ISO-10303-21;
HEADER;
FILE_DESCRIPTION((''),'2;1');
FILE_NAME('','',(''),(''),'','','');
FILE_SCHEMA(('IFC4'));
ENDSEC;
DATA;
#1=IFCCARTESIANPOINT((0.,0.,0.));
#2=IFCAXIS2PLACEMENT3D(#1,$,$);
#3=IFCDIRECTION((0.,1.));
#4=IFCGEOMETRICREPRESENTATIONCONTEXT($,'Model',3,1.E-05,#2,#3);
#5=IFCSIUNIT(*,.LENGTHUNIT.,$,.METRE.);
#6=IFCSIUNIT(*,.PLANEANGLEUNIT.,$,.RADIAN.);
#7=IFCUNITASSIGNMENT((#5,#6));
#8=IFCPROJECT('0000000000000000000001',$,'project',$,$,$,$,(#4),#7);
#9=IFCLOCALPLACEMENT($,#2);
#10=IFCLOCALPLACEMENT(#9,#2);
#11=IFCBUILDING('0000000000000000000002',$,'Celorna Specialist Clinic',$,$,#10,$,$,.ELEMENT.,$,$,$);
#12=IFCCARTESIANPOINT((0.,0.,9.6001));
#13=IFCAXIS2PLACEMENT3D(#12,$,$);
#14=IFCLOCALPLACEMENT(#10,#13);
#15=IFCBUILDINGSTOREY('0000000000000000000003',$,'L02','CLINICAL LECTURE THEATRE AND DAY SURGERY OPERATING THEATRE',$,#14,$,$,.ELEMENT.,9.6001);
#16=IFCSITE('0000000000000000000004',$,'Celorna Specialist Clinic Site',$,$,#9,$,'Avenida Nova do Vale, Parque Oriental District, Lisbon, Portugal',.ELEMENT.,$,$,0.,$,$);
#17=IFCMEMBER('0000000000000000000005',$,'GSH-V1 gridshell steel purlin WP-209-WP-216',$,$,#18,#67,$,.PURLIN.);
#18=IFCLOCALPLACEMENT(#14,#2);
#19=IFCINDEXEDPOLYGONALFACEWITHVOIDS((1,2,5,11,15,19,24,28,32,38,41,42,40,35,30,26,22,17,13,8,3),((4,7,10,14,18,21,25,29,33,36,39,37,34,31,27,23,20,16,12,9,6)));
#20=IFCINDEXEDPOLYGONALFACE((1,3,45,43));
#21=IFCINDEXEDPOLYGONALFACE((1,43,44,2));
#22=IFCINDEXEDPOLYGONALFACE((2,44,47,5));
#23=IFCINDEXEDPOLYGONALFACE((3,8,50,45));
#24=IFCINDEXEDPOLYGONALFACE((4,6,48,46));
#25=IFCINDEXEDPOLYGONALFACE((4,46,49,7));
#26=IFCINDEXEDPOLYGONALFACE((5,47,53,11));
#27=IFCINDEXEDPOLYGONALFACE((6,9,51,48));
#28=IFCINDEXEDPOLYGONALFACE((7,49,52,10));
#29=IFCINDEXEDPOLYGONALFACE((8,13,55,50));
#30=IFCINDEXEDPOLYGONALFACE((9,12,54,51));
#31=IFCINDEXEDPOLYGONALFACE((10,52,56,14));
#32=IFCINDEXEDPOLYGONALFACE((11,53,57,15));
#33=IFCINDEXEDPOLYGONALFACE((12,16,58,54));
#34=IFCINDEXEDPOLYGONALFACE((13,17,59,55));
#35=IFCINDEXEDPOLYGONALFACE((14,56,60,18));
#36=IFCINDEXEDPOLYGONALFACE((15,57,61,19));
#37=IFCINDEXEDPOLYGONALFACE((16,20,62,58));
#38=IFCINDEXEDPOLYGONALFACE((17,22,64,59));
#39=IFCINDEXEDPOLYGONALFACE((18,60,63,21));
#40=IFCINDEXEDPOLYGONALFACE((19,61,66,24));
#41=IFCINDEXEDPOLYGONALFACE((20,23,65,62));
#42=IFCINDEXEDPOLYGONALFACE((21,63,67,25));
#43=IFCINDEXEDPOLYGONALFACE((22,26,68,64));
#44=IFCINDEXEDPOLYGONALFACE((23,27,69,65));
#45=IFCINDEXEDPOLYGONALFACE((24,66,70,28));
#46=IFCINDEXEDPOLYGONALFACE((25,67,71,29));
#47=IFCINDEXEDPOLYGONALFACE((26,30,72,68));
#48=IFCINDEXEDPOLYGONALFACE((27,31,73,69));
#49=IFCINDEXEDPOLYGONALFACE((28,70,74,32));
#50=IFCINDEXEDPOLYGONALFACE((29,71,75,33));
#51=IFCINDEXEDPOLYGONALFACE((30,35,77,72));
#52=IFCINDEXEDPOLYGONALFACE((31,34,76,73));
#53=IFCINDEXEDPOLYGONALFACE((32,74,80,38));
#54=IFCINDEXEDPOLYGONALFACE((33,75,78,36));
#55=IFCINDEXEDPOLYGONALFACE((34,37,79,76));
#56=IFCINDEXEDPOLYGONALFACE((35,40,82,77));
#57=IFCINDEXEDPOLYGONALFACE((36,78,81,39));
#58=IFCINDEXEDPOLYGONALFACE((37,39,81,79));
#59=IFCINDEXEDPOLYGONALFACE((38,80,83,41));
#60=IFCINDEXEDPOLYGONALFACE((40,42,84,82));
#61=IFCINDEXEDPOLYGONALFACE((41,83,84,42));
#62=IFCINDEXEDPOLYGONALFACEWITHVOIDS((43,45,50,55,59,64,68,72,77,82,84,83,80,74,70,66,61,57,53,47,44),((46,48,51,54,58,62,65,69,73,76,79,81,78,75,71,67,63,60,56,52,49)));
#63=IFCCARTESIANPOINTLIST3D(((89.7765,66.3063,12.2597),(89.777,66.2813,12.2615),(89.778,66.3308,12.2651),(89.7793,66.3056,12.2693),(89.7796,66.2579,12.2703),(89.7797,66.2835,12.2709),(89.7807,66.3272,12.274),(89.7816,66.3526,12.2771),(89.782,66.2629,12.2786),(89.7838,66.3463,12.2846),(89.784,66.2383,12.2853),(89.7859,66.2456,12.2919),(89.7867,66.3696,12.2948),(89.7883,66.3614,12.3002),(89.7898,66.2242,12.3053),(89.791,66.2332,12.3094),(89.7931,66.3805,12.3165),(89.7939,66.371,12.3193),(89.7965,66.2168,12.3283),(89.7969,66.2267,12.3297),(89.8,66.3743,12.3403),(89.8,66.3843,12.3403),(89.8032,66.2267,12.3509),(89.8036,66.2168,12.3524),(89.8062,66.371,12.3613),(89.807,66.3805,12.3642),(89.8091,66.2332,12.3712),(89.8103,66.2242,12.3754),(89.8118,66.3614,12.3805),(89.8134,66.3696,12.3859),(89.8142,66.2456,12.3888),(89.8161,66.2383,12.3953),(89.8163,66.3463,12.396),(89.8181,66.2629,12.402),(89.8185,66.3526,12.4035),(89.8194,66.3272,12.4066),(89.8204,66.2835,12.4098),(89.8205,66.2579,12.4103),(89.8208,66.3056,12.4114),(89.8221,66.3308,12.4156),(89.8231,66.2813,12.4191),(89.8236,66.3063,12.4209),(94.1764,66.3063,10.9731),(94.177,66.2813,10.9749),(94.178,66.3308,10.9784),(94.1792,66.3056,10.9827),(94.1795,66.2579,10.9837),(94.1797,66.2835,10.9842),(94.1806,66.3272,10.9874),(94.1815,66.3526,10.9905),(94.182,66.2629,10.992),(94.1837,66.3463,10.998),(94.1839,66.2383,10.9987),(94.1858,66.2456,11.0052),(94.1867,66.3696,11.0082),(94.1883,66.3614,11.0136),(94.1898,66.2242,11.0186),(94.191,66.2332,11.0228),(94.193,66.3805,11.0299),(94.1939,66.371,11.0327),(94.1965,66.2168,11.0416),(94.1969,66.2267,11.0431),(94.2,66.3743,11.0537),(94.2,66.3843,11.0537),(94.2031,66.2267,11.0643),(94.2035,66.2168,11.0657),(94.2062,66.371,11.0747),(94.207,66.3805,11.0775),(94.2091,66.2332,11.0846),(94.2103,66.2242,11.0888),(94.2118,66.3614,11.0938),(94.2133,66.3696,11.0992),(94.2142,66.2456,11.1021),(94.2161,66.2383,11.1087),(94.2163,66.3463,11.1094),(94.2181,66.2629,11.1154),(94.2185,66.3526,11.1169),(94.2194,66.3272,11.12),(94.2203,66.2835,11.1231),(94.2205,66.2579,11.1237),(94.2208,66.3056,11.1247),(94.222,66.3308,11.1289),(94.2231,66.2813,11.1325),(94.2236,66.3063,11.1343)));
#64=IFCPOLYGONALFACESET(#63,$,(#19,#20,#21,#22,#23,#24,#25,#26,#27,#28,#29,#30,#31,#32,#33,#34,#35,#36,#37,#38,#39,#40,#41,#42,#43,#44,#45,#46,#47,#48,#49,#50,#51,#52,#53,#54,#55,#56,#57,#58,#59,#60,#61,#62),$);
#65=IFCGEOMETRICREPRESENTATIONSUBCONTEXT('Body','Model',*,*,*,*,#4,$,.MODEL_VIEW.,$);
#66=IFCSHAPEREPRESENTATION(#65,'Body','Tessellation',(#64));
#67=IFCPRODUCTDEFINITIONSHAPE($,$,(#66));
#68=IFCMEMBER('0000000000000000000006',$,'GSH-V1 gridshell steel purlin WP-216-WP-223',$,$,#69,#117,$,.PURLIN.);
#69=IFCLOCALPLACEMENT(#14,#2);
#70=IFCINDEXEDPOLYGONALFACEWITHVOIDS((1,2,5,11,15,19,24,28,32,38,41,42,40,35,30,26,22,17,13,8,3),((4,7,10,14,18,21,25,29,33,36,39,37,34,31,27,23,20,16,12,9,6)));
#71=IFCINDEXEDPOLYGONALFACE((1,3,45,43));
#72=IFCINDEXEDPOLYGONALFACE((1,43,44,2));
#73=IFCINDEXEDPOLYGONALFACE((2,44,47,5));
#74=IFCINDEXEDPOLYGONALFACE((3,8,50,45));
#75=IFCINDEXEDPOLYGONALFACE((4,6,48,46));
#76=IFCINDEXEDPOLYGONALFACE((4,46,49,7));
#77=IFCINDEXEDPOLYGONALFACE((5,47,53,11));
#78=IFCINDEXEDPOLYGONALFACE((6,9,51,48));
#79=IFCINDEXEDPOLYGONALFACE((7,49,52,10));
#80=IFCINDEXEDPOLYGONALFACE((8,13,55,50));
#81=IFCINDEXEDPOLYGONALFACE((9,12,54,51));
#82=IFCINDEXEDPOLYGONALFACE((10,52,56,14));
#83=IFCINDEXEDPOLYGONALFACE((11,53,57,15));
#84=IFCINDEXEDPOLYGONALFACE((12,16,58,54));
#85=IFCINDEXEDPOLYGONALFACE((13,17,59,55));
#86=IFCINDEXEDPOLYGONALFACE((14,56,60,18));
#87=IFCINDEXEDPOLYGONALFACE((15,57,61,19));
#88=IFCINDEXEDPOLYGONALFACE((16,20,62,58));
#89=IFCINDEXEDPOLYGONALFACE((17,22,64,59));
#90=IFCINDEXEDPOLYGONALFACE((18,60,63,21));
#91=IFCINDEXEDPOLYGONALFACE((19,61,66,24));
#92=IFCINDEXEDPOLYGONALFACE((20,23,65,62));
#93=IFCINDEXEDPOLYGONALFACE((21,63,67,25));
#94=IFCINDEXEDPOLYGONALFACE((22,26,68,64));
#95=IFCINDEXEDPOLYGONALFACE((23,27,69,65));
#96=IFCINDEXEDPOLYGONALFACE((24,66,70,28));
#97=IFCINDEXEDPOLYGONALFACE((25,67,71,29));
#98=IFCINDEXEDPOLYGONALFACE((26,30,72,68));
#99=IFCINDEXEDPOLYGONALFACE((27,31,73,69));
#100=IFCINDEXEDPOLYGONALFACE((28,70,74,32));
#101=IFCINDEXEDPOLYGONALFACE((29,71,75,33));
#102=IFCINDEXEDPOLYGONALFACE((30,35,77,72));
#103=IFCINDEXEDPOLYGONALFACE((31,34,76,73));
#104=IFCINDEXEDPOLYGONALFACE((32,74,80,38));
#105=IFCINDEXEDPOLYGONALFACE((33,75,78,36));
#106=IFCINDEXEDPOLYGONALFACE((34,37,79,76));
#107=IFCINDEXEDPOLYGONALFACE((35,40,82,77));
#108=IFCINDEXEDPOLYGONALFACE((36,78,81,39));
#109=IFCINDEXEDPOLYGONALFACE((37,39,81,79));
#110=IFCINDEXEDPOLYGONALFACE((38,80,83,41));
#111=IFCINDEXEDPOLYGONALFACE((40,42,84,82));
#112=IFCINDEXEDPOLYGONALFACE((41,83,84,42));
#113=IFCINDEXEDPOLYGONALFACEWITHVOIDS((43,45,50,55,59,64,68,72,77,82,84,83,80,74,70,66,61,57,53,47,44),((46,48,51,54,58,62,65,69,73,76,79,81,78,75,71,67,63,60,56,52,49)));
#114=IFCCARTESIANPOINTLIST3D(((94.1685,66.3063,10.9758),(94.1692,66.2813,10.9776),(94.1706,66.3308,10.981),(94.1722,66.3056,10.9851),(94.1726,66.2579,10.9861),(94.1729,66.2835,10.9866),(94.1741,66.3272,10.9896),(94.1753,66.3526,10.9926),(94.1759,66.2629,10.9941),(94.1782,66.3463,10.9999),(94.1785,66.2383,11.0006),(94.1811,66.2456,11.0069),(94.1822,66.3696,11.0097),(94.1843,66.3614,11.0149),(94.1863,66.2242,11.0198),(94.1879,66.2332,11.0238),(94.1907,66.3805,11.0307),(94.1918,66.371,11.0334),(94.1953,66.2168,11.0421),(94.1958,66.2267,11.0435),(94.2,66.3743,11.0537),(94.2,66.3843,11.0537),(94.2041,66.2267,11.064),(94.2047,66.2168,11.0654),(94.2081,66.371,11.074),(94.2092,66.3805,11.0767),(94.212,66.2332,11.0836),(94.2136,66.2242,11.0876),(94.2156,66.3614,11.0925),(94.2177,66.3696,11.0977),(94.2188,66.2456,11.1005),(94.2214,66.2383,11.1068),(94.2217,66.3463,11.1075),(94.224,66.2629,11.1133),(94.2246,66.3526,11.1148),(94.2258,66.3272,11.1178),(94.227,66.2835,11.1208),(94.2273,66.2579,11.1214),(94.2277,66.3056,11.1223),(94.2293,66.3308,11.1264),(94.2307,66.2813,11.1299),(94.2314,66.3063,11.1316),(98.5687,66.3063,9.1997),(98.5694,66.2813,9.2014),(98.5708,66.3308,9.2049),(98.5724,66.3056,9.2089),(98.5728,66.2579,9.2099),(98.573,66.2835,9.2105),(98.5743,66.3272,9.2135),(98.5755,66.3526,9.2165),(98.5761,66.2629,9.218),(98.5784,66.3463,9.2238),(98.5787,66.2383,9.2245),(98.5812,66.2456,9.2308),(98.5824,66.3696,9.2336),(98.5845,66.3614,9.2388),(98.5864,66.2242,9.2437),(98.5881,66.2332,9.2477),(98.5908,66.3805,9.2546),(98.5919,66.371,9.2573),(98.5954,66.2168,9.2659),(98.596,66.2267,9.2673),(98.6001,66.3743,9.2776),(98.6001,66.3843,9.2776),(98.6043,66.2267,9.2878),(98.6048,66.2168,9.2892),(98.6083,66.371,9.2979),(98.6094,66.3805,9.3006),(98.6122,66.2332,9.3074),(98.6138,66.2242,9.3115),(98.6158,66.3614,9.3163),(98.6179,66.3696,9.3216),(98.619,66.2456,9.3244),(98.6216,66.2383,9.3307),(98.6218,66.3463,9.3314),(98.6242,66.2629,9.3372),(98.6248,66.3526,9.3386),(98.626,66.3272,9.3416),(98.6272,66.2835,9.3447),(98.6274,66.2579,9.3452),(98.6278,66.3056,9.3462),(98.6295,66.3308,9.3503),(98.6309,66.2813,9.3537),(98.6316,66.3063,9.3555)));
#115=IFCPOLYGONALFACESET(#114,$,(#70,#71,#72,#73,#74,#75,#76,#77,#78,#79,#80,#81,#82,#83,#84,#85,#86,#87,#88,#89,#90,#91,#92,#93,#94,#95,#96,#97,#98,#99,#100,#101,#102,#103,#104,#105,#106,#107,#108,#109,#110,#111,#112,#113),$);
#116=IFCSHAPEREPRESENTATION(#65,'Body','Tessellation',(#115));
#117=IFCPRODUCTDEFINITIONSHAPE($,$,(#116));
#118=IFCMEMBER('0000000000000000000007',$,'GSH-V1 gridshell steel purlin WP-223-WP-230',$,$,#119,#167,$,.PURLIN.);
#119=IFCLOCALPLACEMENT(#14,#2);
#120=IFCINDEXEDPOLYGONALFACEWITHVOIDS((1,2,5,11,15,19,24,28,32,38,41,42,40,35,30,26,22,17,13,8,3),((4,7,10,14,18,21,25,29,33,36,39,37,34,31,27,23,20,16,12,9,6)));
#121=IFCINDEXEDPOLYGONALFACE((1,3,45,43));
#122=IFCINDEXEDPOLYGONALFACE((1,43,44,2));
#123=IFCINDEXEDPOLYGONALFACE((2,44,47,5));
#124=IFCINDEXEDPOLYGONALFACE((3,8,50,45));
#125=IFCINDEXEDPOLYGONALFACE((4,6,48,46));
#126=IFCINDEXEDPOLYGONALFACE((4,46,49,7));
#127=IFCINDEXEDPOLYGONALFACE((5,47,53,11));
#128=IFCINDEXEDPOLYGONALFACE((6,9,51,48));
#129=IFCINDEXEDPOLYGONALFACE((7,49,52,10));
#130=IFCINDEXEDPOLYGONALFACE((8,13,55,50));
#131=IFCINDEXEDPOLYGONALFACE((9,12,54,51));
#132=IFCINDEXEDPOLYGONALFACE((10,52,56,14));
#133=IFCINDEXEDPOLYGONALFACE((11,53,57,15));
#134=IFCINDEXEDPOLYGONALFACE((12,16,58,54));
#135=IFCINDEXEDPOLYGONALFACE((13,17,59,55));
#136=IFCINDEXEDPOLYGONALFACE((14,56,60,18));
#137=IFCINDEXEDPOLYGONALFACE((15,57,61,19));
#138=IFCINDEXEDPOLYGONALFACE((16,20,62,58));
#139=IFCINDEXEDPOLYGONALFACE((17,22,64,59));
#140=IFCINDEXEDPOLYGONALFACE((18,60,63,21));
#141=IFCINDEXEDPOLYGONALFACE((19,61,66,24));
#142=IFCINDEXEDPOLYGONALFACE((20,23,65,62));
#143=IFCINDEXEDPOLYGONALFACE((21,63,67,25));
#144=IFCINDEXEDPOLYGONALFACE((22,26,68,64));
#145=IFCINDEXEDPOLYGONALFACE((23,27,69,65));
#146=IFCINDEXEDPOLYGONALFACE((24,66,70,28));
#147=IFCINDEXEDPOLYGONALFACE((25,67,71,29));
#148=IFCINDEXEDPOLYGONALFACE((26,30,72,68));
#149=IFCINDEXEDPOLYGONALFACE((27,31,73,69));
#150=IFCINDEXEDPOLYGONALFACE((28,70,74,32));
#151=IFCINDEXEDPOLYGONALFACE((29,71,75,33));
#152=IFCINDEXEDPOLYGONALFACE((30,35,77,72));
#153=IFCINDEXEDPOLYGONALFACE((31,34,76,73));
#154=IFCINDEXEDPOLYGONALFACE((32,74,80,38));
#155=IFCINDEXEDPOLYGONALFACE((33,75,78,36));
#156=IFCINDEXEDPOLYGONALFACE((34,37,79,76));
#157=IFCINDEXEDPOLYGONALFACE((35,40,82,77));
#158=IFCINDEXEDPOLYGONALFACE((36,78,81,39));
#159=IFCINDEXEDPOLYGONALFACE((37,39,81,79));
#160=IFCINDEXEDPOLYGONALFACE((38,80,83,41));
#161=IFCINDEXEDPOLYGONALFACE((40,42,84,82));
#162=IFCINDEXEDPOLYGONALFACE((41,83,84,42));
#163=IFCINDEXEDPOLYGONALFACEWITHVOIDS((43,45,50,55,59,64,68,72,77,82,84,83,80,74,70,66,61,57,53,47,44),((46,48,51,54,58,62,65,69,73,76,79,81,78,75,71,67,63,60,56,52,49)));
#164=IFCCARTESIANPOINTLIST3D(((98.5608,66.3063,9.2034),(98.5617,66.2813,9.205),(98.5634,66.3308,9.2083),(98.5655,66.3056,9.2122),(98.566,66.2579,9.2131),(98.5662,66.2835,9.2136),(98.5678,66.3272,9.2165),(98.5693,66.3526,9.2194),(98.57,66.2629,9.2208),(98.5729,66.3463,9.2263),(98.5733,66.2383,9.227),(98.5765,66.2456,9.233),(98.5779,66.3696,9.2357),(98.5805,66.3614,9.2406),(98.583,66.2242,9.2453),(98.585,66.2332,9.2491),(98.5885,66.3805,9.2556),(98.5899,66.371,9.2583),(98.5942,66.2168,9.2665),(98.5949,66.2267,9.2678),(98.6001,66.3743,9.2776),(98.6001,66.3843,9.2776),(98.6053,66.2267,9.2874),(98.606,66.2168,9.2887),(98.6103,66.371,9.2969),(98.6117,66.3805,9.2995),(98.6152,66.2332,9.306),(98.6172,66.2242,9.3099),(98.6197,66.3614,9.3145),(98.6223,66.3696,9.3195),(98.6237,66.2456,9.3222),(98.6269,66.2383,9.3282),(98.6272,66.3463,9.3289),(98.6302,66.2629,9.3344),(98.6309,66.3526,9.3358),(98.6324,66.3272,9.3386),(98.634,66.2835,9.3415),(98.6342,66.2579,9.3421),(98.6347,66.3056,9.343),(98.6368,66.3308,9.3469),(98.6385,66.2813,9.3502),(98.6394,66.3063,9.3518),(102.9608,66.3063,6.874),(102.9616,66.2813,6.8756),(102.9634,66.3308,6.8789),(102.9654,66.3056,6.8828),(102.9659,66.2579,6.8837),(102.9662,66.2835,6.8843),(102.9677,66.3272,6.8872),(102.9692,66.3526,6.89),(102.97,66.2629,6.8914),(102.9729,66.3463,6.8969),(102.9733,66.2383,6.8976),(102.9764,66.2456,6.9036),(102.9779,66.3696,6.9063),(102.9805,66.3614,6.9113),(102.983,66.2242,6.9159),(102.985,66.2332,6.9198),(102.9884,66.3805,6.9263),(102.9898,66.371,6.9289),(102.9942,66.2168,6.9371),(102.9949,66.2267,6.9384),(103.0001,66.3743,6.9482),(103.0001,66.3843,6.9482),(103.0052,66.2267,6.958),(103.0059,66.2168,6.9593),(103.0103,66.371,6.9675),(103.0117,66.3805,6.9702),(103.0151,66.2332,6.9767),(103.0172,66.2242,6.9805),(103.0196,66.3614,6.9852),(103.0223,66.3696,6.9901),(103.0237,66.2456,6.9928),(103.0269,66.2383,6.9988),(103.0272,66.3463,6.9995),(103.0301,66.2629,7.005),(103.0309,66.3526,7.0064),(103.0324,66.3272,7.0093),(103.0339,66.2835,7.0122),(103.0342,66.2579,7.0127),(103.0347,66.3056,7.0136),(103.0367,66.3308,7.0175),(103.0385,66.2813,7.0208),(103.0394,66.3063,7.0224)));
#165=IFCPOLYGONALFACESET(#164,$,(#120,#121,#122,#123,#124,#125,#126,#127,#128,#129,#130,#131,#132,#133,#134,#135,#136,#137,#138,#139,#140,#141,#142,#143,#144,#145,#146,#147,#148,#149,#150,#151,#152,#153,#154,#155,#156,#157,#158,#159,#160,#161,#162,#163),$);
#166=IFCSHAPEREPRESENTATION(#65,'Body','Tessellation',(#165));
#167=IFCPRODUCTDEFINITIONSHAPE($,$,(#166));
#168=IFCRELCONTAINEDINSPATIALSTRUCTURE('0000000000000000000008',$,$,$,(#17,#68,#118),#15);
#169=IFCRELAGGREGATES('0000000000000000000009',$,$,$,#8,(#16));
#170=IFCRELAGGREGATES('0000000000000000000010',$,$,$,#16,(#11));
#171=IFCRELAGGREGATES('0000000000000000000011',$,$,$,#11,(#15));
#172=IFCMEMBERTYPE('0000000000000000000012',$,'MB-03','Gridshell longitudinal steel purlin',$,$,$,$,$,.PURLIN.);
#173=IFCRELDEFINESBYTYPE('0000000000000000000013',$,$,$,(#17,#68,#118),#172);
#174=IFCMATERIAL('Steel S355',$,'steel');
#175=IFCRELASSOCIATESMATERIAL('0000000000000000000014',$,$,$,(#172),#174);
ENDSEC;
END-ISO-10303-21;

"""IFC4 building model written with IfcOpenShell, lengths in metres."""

from ifc_helpers import new_model, si_unit, direction, frame, origin, origin_2d, place, context, subcontext, project, spatial, hollow_circle, extrude, material, material_profile, profile_set, type_object, element, save


model = new_model("IFC4")

# Units and contexts
model_context = context("Model", 3, precision=1e-05, world=origin(), true_north=direction((0.0, 1.0)))
body_context = subcontext(model_context, "Body", "Model", "MODEL_VIEW")
ifc_project = project(units=[si_unit("LENGTHUNIT", "METRE"), si_unit("PLANEANGLEUNIT", "RADIAN")], contexts=[model_context])

# Site, building, storey
site_placement = place(None, origin())
site = spatial("IfcSite", under=ifc_project, at=site_placement, Name="Celorna Specialist Clinic Site", LongName="Avenida Nova do Vale, Parque Oriental District, Lisbon, Portugal", CompositionType="ELEMENT", RefElevation=0.0)
building_placement = place(site_placement, origin())
building = spatial("IfcBuilding", under=site, at=building_placement, Name="Celorna Specialist Clinic", CompositionType="ELEMENT")
storey_placement = place(building_placement, frame((0.0, 0.0, 9.6001)))
storey = spatial("IfcBuildingStorey", under=building, at=storey_placement, Name="L02", Description="CLINICAL LECTURE THEATRE AND DAY SURGERY OPERATING THEATRE", CompositionType="ELEMENT", Elevation=9.6001)

# Shared definitions
ifc_material_1 = material(Name="Steel S355", Category="steel")

# Members
ifc_material_profile_1 = material_profile(ifc_material_1, hollow_circle(Radius=0.0842, WallThickness=0.01, at=origin_2d()), Name="CHS 168.3x10")
ifc_profile_set_1 = profile_set([ifc_material_profile_1], Name="Steel S355")
member_type_1 = type_object("IfcMemberType", Name="MB-03", Description="Gridshell longitudinal steel purlin", PredefinedType="PURLIN", material=ifc_profile_set_1)
member_1_placement = place(storey_placement, frame((89.8, 66.3, 12.3403), z_axis=(0.959805, 0.0, -0.280667), x_axis=(0.0, 1.0, 0.0)))
element("IfcMember", 1, at=member_1_placement, inside=storey, type_object=member_type_1, Name="GSH-V1 gridshell steel purlin WP-209-WP-216", PredefinedType="PURLIN", context=body_context, shape_type="SweptSolid", body=[
    extrude(hollow_circle(Radius=0.0842, WallThickness=0.01, at=origin_2d()), origin(), (0.0, 0.0, 1.0), 4.5842),
])
member_2_placement = place(storey_placement, frame((94.2, 66.3, 11.0537), z_axis=(0.927305, 0.0, -0.374307), x_axis=(0.0, 1.0, 0.0)))
element("IfcMember", 2, at=member_2_placement, inside=storey, type_object=member_type_1, Name="GSH-V1 gridshell steel purlin WP-216-WP-223", PredefinedType="PURLIN", context=body_context, shape_type="SweptSolid", body=[
    extrude(hollow_circle(Radius=0.0842, WallThickness=0.01, at=origin_2d()), origin(), (0.0, 0.0, 1.0), 4.7451),
])
member_3_placement = place(storey_placement, frame((98.6001, 66.3, 9.2776), z_axis=(0.883789, 0.0, -0.467885), x_axis=(0.0, 1.0, 0.0)))
element("IfcMember", 3, at=member_3_placement, inside=storey, type_object=member_type_1, Name="GSH-V1 gridshell steel purlin WP-223-WP-230", PredefinedType="PURLIN", context=body_context, shape_type="SweptSolid", body=[
    extrude(hollow_circle(Radius=0.0842, WallThickness=0.01, at=origin_2d()), origin(), (0.0, 0.0, 1.0), 4.9785),
])

save(model, "model.ifc")
